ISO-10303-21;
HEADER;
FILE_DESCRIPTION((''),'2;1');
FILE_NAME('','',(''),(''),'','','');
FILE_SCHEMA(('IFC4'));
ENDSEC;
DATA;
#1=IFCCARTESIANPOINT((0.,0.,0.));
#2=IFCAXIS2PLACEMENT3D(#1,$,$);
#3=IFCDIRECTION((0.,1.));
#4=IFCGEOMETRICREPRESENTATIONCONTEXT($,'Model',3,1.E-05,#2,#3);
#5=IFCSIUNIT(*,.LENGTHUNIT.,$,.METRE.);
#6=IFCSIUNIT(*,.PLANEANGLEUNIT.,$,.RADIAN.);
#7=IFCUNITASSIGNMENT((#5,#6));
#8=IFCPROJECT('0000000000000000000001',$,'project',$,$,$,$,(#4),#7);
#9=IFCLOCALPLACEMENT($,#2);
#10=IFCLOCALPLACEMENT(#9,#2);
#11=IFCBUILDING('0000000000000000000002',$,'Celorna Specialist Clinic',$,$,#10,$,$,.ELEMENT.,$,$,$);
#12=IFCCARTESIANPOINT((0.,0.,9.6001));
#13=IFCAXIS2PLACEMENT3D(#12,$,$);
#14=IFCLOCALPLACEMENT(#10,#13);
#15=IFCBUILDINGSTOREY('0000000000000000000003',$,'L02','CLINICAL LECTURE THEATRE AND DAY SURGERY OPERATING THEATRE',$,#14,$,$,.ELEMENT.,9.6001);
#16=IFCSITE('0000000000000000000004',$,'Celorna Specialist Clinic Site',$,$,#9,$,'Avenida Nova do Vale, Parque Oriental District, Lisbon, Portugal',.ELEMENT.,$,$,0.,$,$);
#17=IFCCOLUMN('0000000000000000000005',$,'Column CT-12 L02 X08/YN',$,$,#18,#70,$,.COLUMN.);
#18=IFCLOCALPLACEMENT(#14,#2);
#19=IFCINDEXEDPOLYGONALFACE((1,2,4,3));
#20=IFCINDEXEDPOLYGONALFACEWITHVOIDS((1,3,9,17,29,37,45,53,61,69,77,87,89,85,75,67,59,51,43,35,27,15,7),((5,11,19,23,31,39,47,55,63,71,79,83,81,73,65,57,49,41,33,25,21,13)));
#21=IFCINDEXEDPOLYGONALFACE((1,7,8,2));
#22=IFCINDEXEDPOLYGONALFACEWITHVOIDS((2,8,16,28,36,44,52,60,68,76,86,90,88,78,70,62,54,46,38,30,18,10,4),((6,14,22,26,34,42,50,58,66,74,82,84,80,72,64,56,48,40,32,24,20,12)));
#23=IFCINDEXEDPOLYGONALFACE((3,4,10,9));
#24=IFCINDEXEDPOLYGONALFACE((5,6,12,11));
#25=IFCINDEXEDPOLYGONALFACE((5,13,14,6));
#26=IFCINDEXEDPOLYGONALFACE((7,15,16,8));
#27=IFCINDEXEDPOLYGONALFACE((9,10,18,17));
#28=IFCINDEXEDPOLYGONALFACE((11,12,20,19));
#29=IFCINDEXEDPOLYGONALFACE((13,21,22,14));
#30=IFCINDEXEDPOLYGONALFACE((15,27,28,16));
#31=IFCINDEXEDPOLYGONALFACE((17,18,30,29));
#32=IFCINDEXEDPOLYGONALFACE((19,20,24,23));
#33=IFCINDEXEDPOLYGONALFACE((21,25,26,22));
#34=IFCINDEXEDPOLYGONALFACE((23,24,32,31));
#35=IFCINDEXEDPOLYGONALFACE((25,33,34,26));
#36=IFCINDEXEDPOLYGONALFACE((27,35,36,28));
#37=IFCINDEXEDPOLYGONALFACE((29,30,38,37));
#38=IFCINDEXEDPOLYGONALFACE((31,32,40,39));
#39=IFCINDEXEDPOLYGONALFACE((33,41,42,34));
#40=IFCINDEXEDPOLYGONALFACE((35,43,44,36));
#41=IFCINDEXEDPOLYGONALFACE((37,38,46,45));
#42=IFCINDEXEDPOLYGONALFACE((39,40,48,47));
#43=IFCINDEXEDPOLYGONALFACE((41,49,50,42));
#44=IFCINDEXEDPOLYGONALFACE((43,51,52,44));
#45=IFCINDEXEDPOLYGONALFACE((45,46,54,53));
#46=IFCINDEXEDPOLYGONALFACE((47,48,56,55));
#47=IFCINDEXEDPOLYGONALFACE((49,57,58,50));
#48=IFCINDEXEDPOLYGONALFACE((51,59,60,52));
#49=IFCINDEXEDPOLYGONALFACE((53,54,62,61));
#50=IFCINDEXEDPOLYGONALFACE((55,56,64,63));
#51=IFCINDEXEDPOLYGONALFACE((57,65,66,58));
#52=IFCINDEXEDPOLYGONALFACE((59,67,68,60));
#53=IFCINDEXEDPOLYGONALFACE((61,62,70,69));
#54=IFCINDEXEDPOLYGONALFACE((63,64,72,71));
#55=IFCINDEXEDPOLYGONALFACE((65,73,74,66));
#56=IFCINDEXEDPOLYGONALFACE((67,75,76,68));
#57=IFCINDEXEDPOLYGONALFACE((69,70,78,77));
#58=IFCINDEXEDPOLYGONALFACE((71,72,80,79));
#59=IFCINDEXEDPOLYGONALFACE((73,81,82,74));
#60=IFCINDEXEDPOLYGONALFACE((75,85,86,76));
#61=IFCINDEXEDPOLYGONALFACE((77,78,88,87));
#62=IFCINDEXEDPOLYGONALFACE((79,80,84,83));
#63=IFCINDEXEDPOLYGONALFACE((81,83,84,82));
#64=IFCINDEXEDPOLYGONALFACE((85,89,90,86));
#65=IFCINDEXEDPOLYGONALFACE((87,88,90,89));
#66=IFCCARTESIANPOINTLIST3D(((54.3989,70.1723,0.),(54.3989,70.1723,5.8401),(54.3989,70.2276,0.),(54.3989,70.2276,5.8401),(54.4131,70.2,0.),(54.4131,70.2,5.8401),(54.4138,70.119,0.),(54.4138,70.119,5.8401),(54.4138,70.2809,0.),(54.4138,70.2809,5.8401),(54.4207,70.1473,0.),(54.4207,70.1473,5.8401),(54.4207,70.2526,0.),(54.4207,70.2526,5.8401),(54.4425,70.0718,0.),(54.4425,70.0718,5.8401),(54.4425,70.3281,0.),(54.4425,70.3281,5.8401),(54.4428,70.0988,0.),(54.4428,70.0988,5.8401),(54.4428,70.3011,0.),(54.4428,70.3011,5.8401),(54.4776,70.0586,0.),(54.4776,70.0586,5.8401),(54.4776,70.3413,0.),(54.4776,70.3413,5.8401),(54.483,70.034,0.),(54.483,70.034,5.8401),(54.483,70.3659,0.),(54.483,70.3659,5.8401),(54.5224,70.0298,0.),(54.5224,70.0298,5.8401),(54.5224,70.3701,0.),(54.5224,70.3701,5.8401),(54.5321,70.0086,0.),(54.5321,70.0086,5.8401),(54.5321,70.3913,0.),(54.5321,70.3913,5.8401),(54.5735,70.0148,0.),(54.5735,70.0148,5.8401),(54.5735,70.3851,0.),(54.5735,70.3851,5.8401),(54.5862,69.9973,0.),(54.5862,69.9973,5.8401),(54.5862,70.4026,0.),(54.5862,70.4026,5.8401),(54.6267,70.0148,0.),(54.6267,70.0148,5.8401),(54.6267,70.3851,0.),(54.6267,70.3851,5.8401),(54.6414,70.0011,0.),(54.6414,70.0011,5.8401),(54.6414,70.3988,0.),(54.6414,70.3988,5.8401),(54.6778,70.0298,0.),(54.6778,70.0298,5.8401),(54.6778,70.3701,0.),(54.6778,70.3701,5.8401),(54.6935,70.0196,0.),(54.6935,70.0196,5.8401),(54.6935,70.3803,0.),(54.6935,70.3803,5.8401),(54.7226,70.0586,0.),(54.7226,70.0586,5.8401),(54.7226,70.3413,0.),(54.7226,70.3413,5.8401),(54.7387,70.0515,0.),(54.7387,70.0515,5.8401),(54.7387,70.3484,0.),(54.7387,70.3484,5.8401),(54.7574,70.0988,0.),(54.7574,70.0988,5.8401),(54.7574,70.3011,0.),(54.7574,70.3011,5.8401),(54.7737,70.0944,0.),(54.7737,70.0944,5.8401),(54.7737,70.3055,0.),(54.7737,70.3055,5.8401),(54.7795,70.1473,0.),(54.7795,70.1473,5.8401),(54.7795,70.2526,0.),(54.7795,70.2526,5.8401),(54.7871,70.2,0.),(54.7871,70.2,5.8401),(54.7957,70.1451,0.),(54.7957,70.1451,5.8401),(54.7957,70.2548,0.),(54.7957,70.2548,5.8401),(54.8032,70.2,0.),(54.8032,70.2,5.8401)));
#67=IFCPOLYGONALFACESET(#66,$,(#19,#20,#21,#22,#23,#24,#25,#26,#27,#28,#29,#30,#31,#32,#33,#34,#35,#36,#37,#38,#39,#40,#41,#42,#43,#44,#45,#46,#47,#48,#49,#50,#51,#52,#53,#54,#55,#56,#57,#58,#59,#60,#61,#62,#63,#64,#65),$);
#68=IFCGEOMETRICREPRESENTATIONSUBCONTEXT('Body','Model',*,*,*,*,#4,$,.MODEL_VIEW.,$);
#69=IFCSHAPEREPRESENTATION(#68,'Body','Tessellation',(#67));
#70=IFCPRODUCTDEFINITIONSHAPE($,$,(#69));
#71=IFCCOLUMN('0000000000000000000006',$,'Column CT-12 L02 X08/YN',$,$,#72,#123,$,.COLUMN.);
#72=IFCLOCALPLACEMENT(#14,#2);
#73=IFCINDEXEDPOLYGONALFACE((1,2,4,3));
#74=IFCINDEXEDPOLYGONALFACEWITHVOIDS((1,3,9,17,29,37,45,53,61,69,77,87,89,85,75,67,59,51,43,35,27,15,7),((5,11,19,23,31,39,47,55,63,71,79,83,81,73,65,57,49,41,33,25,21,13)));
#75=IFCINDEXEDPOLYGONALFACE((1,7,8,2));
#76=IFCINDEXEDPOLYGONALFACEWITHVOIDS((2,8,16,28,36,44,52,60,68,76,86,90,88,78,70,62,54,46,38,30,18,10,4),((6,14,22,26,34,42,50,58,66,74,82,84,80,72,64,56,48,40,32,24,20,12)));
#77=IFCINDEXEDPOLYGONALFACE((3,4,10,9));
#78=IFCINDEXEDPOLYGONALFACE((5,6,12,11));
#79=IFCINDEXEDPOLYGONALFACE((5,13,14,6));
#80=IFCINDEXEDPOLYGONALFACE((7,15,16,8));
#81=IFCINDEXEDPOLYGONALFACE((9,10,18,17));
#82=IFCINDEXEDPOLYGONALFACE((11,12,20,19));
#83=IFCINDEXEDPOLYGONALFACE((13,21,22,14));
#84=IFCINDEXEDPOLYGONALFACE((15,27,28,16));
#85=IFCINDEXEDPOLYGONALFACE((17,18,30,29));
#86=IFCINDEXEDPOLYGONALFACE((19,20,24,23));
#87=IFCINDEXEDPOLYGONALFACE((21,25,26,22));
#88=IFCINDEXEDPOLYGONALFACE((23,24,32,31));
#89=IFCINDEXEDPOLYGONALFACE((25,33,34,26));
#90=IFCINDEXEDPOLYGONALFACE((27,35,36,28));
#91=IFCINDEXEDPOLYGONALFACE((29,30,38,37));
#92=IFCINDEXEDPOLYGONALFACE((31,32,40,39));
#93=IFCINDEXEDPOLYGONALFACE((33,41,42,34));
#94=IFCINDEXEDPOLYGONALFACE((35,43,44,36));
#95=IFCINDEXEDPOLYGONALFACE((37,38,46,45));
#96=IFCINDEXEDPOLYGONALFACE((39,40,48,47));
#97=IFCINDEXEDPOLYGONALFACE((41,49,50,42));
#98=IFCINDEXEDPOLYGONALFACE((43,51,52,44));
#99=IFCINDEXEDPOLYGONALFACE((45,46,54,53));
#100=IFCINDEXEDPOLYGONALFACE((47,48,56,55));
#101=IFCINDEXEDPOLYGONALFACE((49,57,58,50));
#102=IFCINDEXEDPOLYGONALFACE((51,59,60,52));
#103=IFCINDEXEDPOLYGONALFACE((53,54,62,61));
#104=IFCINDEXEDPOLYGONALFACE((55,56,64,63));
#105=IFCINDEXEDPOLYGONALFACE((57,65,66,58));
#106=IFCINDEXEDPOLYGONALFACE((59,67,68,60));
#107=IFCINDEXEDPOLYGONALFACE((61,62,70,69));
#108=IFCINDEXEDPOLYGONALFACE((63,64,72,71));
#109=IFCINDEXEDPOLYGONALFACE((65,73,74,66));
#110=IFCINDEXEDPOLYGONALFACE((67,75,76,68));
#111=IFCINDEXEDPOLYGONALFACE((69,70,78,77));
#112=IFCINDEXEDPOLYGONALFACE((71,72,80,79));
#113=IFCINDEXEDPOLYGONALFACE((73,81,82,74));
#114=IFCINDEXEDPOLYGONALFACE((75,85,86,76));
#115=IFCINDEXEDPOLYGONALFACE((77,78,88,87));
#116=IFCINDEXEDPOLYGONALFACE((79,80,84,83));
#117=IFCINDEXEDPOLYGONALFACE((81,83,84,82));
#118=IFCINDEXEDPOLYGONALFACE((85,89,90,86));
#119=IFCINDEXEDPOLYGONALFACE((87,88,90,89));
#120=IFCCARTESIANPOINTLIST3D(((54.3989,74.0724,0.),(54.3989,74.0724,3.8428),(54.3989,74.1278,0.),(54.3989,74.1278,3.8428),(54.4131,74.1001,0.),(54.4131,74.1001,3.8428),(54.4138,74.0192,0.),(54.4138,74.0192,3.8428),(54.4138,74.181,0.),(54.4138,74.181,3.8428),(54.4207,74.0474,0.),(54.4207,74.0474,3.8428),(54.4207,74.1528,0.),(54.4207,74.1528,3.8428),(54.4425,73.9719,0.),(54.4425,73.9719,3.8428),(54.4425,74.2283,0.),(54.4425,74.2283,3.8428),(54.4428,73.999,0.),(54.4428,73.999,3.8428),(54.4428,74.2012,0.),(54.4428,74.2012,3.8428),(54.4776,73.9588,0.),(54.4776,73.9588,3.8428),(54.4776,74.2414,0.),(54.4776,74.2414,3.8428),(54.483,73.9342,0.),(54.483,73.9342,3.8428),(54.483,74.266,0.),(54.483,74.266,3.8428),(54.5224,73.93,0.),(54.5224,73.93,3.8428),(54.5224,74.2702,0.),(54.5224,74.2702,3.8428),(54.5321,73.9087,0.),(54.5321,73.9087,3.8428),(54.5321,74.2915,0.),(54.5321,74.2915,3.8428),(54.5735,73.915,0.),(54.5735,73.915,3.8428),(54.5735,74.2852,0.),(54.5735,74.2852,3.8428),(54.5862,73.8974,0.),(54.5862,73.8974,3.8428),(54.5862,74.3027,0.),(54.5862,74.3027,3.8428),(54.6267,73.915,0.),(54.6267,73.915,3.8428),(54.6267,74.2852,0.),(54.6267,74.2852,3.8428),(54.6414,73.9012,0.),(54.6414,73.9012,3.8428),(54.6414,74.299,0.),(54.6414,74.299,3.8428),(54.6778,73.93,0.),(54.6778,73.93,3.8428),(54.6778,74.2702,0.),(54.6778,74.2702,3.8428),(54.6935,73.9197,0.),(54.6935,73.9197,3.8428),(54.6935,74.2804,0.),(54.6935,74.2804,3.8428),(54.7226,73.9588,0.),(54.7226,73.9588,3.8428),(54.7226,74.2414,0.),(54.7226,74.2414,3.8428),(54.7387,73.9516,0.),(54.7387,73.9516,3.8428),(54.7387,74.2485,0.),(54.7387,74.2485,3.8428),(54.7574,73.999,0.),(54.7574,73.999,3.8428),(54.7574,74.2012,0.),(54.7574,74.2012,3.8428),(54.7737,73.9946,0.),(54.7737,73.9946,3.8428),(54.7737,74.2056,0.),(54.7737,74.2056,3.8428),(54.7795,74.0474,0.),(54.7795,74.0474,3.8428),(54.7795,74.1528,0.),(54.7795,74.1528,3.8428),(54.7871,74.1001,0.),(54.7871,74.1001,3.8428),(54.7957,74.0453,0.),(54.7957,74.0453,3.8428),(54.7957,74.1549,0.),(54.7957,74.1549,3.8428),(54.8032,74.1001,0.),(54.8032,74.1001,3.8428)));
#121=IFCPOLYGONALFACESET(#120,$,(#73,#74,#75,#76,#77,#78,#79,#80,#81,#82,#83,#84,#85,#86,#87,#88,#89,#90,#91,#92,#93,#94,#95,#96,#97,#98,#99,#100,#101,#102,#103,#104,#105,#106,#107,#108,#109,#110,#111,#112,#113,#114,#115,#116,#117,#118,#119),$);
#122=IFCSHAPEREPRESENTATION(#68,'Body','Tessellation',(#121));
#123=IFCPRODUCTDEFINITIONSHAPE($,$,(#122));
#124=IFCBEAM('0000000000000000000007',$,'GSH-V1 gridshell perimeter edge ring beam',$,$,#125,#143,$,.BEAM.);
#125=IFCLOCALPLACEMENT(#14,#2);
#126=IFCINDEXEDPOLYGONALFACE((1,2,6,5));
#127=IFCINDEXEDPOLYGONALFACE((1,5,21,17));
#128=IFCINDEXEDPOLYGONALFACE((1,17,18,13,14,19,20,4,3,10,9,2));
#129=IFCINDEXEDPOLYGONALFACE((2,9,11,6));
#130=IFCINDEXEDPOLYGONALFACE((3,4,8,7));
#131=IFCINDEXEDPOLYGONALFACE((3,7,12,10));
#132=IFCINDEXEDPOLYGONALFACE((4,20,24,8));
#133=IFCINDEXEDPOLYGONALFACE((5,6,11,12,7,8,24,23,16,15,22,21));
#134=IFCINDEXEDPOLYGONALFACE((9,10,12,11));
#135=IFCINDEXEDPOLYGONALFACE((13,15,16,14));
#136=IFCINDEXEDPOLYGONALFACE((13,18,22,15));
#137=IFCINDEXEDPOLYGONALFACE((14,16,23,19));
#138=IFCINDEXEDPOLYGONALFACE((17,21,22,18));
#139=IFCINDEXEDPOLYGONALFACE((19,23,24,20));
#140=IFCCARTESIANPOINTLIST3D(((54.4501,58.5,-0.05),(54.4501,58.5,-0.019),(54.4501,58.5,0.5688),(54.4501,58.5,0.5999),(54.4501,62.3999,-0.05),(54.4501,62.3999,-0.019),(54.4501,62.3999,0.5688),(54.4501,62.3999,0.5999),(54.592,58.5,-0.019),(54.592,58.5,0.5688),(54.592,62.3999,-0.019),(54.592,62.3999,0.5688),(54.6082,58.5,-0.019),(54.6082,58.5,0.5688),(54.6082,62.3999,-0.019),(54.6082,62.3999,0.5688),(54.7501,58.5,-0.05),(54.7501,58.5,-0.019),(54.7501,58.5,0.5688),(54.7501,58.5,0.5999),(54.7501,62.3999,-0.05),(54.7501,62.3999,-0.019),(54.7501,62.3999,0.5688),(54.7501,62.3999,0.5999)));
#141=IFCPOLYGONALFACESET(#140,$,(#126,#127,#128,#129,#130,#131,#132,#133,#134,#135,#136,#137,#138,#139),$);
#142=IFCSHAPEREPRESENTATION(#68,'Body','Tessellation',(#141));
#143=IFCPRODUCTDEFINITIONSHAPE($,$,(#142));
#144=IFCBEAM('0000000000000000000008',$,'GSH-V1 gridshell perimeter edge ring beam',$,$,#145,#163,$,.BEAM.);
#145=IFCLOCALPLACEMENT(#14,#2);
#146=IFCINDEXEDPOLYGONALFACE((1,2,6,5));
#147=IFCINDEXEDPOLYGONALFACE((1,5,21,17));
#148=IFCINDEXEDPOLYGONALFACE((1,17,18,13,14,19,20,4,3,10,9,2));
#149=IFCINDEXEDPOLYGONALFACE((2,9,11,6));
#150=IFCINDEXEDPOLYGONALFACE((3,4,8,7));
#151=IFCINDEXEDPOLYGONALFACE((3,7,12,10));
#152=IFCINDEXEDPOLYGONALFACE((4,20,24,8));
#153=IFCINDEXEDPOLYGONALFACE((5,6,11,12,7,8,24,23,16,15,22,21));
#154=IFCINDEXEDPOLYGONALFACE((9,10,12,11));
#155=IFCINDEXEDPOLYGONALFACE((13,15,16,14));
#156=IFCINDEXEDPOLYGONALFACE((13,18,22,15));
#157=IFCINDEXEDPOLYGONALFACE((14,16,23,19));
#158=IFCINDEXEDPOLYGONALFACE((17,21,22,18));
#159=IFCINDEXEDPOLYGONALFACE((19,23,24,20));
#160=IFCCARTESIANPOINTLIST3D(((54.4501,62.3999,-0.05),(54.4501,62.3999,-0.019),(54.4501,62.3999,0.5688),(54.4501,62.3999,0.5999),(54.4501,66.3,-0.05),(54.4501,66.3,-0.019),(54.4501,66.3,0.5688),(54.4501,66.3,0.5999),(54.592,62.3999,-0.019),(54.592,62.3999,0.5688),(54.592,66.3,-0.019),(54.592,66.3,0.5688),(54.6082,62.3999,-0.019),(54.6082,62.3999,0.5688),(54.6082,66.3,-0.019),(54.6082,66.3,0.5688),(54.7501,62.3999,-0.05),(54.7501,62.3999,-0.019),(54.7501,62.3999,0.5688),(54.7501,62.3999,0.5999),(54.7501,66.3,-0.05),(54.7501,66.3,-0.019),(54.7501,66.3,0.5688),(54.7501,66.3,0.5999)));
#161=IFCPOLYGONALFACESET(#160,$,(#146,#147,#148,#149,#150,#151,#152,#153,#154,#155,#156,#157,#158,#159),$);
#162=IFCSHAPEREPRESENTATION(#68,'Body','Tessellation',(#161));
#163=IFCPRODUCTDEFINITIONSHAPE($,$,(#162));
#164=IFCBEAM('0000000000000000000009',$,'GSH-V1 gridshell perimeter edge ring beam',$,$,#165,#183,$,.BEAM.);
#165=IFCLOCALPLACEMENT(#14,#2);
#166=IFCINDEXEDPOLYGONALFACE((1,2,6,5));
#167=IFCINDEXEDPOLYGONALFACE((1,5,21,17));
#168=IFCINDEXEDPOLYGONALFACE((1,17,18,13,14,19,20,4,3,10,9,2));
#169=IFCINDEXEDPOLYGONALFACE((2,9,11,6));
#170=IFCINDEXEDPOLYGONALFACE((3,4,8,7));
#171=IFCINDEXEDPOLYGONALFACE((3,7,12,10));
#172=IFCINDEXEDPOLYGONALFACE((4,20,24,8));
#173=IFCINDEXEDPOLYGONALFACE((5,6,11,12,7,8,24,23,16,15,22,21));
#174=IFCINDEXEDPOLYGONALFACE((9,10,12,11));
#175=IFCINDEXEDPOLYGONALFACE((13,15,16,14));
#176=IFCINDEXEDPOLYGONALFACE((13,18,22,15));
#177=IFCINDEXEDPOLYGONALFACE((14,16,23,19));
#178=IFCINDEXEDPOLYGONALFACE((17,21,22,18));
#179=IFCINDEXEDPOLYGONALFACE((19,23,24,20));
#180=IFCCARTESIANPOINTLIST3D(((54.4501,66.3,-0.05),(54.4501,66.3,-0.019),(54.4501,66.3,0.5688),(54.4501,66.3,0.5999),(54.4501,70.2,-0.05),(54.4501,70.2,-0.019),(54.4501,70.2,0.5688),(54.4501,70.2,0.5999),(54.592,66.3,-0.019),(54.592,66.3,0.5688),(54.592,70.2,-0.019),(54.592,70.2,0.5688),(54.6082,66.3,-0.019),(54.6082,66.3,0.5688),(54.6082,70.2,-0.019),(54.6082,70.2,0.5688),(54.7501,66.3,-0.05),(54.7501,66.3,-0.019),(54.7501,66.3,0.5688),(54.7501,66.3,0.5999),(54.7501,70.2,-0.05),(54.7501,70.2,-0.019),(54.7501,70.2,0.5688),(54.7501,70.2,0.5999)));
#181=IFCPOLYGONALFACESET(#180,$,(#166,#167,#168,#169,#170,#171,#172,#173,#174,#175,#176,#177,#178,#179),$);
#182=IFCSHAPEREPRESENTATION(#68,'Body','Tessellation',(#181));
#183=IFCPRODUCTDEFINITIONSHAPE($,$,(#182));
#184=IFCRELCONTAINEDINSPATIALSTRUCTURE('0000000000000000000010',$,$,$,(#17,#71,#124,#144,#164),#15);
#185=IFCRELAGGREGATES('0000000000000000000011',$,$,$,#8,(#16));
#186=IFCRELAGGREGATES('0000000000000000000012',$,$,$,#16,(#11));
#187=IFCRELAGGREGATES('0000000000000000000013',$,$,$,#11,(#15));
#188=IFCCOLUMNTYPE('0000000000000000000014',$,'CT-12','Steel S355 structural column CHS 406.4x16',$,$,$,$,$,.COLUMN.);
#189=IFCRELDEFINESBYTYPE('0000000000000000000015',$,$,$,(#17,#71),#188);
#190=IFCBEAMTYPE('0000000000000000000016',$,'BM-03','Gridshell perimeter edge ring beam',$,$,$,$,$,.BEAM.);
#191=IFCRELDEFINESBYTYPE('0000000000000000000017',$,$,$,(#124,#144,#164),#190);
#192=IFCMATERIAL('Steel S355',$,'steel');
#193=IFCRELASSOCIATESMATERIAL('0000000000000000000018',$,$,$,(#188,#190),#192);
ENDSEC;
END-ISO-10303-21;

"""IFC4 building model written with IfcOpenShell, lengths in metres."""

from ifc_helpers import new_model, si_unit, direction, frame, origin, origin_2d, place, context, subcontext, project, spatial, hollow_circle, i_section, extrude, material, material_profile, profile_set, type_object, element, save


model = new_model("IFC4")

# Units and contexts
model_context = context("Model", 3, precision=1e-05, world=origin(), true_north=direction((0.0, 1.0)))
body_context = subcontext(model_context, "Body", "Model", "MODEL_VIEW")
ifc_project = project(units=[si_unit("LENGTHUNIT", "METRE"), si_unit("PLANEANGLEUNIT", "RADIAN")], contexts=[model_context])

# Site, building, storey
site_placement = place(None, origin())
site = spatial("IfcSite", under=ifc_project, at=site_placement, Name="Celorna Specialist Clinic Site", LongName="Avenida Nova do Vale, Parque Oriental District, Lisbon, Portugal", CompositionType="ELEMENT", RefElevation=0.0)
building_placement = place(site_placement, origin())
building = spatial("IfcBuilding", under=site, at=building_placement, Name="Celorna Specialist Clinic", CompositionType="ELEMENT")
storey_placement = place(building_placement, frame((0.0, 0.0, 9.6001)))
storey = spatial("IfcBuildingStorey", under=building, at=storey_placement, Name="L02", Description="CLINICAL LECTURE THEATRE AND DAY SURGERY OPERATING THEATRE", CompositionType="ELEMENT", Elevation=9.6001)

# Columns
ifc_material_1 = material(Name="Steel S355", Category="steel")
ifc_material_profile_1 = material_profile(ifc_material_1, hollow_circle(Radius=0.2031, WallThickness=0.0161, at=origin_2d()), Name="CHS 406.4x16")
ifc_profile_set_1 = profile_set([ifc_material_profile_1], Name="Steel S355")
column_type = type_object("IfcColumnType", Name="CT-12", Description="Steel S355 structural column CHS 406.4x16", PredefinedType="COLUMN", material=ifc_profile_set_1)
column_1_placement = place(storey_placement, frame((54.6001, 70.2, 0.0), z_axis=(0.0, 0.0, 1.0), x_axis=(1.0, 0.0, 0.0)))
element("IfcColumn", 1, at=column_1_placement, inside=storey, type_object=column_type, Name="Column CT-12 L02 X08/YN", PredefinedType="COLUMN", context=body_context, shape_type="SweptSolid", body=[
    extrude(hollow_circle(Radius=0.2031, WallThickness=0.0161, at=origin_2d()), origin(), (0.0, 0.0, 1.0), 5.8401),
])
column_2_placement = place(storey_placement, frame((54.6001, 74.1001, 0.0), z_axis=(0.0, 0.0, 1.0), x_axis=(1.0, 0.0, 0.0)))
element("IfcColumn", 2, at=column_2_placement, inside=storey, type_object=column_type, Name="Column CT-12 L02 X08/YN", PredefinedType="COLUMN", context=body_context, shape_type="SweptSolid", body=[
    extrude(hollow_circle(Radius=0.2031, WallThickness=0.0161, at=origin_2d()), origin(), (0.0, 0.0, 1.0), 3.8428),
])

# Beams
ifc_material_profile_2 = material_profile(ifc_material_1, i_section(OverallWidth=0.3, OverallDepth=0.6499, WebThickness=0.0161, FlangeThickness=0.031, at=origin_2d()), Name="HE 650 B")
ifc_profile_set_2 = profile_set([ifc_material_profile_2], Name="Steel S355")
beam_type_1 = type_object("IfcBeamType", Name="BM-03", Description="Gridshell perimeter edge ring beam", PredefinedType="BEAM", material=ifc_profile_set_2)
beam_1_placement = place(storey_placement, frame((54.6001, 58.5, 0.2749), z_axis=(0.0, 1.0, 0.0), x_axis=(-1.0, 0.0, 0.0)))
element("IfcBeam", 3, at=beam_1_placement, inside=storey, type_object=beam_type_1, Name="GSH-V1 gridshell perimeter edge ring beam", PredefinedType="BEAM", context=body_context, shape_type="SweptSolid", body=[
    extrude(i_section(OverallWidth=0.3, OverallDepth=0.6499, WebThickness=0.0161, FlangeThickness=0.031, at=origin_2d()), origin(), (0.0, 0.0, 1.0), 3.8999),
])
beam_2_placement = place(storey_placement, frame((54.6001, 62.3999, 0.2749), z_axis=(0.0, 1.0, 0.0), x_axis=(-1.0, 0.0, 0.0)))
element("IfcBeam", 4, at=beam_2_placement, inside=storey, type_object=beam_type_1, Name="GSH-V1 gridshell perimeter edge ring beam", PredefinedType="BEAM", context=body_context, shape_type="SweptSolid", body=[
    extrude(i_section(OverallWidth=0.3, OverallDepth=0.6499, WebThickness=0.0161, FlangeThickness=0.031, at=origin_2d()), origin(), (0.0, 0.0, 1.0), 3.9001),
])
beam_3_placement = place(storey_placement, frame((54.6001, 66.3, 0.2749), z_axis=(0.0, 1.0, 0.0), x_axis=(-1.0, 0.0, 0.0)))
element("IfcBeam", 5, at=beam_3_placement, inside=storey, type_object=beam_type_1, Name="GSH-V1 gridshell perimeter edge ring beam", PredefinedType="BEAM", context=body_context, shape_type="SweptSolid", body=[
    extrude(i_section(OverallWidth=0.3, OverallDepth=0.6499, WebThickness=0.0161, FlangeThickness=0.031, at=origin_2d()), origin(), (0.0, 0.0, 1.0), 3.8999),
])

save(model, "model.ifc")
